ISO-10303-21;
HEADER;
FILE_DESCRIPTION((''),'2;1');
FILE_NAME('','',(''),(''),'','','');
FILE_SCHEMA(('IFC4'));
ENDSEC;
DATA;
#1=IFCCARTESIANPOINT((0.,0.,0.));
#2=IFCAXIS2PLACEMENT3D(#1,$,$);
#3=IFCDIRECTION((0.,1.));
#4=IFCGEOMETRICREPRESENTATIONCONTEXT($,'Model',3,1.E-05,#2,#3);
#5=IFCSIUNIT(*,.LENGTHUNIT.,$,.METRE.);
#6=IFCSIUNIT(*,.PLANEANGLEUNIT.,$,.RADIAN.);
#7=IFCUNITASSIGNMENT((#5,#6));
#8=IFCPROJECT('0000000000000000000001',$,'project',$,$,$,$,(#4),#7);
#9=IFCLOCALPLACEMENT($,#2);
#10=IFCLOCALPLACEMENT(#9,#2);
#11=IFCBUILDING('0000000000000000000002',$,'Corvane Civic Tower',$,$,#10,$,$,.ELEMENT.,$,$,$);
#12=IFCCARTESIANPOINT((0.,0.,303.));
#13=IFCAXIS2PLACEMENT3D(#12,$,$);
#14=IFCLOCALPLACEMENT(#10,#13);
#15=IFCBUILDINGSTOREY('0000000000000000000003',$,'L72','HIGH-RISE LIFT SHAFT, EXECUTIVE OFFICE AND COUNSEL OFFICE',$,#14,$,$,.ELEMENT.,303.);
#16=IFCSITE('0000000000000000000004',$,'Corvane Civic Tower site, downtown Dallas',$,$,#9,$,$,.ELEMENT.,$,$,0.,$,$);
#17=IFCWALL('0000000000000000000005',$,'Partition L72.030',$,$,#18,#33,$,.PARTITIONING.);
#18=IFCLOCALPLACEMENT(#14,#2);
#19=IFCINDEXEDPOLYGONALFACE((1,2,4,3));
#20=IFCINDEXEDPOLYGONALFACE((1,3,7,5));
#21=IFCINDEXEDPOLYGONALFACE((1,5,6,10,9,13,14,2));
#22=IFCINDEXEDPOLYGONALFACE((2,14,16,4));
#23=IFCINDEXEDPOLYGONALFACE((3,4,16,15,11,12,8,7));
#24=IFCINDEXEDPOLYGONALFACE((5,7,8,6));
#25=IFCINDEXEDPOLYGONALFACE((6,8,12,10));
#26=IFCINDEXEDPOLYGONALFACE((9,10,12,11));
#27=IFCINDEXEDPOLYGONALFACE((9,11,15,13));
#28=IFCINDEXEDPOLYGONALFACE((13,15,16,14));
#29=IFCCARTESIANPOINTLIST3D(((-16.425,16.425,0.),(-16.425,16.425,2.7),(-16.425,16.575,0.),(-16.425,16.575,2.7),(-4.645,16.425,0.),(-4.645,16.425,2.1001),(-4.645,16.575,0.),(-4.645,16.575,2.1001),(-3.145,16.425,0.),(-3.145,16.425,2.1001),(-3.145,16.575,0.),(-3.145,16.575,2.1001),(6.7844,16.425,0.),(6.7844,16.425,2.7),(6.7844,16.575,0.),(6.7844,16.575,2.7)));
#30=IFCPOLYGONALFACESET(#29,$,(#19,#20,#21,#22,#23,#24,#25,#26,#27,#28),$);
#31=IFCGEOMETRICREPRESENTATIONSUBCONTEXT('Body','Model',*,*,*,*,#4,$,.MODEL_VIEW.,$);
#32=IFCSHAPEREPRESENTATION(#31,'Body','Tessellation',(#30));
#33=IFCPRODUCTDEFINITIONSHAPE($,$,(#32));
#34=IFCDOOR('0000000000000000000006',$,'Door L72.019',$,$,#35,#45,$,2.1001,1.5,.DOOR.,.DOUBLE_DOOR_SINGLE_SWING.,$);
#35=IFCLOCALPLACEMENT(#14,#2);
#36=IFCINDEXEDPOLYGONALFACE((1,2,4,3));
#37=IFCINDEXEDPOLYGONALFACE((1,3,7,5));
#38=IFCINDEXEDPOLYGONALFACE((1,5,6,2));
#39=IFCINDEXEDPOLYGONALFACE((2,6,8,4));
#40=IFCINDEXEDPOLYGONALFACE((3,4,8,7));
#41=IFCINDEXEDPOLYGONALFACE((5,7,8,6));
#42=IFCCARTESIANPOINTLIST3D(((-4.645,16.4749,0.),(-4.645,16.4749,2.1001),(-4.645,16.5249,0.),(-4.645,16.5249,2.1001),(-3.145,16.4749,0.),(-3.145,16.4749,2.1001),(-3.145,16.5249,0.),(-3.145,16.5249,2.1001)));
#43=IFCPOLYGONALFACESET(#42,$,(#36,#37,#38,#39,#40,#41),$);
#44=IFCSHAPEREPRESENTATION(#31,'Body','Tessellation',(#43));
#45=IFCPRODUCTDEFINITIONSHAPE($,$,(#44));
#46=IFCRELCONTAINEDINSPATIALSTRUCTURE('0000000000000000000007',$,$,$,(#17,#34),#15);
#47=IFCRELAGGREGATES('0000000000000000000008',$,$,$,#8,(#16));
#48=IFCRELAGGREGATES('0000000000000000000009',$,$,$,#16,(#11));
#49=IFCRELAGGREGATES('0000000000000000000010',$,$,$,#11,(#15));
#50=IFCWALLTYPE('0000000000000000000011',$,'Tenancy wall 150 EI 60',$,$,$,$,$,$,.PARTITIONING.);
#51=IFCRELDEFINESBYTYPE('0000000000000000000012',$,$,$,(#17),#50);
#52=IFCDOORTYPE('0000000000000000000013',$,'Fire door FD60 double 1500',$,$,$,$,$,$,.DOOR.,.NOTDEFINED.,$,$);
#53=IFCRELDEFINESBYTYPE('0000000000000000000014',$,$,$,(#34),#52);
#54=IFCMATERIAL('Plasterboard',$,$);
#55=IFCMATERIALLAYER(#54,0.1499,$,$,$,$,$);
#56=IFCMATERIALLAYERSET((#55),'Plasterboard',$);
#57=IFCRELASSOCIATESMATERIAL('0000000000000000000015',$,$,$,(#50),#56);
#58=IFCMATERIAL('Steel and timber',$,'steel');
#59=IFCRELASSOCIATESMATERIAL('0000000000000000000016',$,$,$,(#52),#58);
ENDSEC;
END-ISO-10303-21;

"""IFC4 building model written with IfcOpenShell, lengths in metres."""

from ifc_helpers import new_model, si_unit, direction, frame, frame_2d, origin, place, context, subcontext, project, spatial, rectangle, extrude, material, layer, layer_set, type_object, element, fill, save


model = new_model("IFC4")

# Units and contexts
model_context = context("Model", 3, precision=1e-05, world=origin(), true_north=direction((0.0, 1.0)))
body_context = subcontext(model_context, "Body", "Model", "MODEL_VIEW")
ifc_project = project(units=[si_unit("LENGTHUNIT", "METRE"), si_unit("PLANEANGLEUNIT", "RADIAN")], contexts=[model_context])

# Site, building, storey
site_placement = place(None, origin())
site = spatial("IfcSite", under=ifc_project, at=site_placement, Name="Corvane Civic Tower site, downtown Dallas", CompositionType="ELEMENT", RefElevation=0.0)
building_placement = place(site_placement, origin())
building = spatial("IfcBuilding", under=site, at=building_placement, Name="Corvane Civic Tower", CompositionType="ELEMENT")
storey_placement = place(building_placement, frame((0.0, 0.0, 303.0)))
storey = spatial("IfcBuildingStorey", under=building, at=storey_placement, Name="L72", Description="HIGH-RISE LIFT SHAFT, EXECUTIVE OFFICE AND COUNSEL OFFICE", CompositionType="ELEMENT", Elevation=303.0)

# Wall, opening, door
ifc_material_1 = material(Name="Plasterboard")
ifc_layer_1 = layer(ifc_material_1, 0.1499)
ifc_layer_set_1 = layer_set([ifc_layer_1], Name="Plasterboard")
wall_type_1 = type_object("IfcWallType", Name="Tenancy wall 150 EI 60", PredefinedType="PARTITIONING", material=ifc_layer_set_1)
wall_1_placement = place(storey_placement, frame((-16.425, 16.5, 0.0), z_axis=(0.0, 0.0, 1.0), x_axis=(1.0, 0.0, 0.0)))
wall_1 = element("IfcWall", 1, at=wall_1_placement, inside=storey, type_object=wall_type_1, Name="Partition L72.030", PredefinedType="PARTITIONING", context=body_context, shape_type="SweptSolid", body=[
    extrude(rectangle(XDim=23.2095, YDim=0.1499, at=frame_2d((11.6047, 0.0))), origin(), (0.0, 0.0, 1.0), 2.7),
])
opening_1_placement = place(wall_1_placement, frame((11.78, 0.0, 0.0)))
opening_1 = element("IfcOpeningElement", 2, at=opening_1_placement, cuts=wall_1, PredefinedType="OPENING", context=body_context, shape_type="SweptSolid", body=[
    extrude(rectangle(XDim=1.5, YDim=2.1001, at=frame_2d((0.75, 1.05))), frame((0.0, 0.085, 0.0), z_axis=(0.0, -1.0, 0.0), x_axis=(1.0, 0.0, 0.0)), (0.0, 0.0, 1.0), 0.1699),
])
ifc_material_2 = material(Name="Steel and timber", Category="steel")
door_type_1 = type_object("IfcDoorType", Name="Fire door FD60 double 1500", OperationType="NOTDEFINED", PredefinedType="DOOR", material=ifc_material_2)
door_1_placement = place(opening_1_placement, origin())
door_1 = element("IfcDoor", 3, at=door_1_placement, inside=storey, type_object=door_type_1, Name="Door L72.019", OperationType="DOUBLE_DOOR_SINGLE_SWING", OverallHeight=2.1001, OverallWidth=1.5, PredefinedType="DOOR", context=body_context, shape_type="SweptSolid", body=[
    extrude(rectangle(XDim=1.5, YDim=2.1001, at=frame_2d((0.75, 1.05))), frame((0.0, 0.0249, 0.0), z_axis=(0.0, -1.0, 0.0), x_axis=(1.0, 0.0, 0.0)), (0.0, 0.0, 1.0), 0.05),
])
fill(opening_1, door_1)

save(model, "model.ifc")
